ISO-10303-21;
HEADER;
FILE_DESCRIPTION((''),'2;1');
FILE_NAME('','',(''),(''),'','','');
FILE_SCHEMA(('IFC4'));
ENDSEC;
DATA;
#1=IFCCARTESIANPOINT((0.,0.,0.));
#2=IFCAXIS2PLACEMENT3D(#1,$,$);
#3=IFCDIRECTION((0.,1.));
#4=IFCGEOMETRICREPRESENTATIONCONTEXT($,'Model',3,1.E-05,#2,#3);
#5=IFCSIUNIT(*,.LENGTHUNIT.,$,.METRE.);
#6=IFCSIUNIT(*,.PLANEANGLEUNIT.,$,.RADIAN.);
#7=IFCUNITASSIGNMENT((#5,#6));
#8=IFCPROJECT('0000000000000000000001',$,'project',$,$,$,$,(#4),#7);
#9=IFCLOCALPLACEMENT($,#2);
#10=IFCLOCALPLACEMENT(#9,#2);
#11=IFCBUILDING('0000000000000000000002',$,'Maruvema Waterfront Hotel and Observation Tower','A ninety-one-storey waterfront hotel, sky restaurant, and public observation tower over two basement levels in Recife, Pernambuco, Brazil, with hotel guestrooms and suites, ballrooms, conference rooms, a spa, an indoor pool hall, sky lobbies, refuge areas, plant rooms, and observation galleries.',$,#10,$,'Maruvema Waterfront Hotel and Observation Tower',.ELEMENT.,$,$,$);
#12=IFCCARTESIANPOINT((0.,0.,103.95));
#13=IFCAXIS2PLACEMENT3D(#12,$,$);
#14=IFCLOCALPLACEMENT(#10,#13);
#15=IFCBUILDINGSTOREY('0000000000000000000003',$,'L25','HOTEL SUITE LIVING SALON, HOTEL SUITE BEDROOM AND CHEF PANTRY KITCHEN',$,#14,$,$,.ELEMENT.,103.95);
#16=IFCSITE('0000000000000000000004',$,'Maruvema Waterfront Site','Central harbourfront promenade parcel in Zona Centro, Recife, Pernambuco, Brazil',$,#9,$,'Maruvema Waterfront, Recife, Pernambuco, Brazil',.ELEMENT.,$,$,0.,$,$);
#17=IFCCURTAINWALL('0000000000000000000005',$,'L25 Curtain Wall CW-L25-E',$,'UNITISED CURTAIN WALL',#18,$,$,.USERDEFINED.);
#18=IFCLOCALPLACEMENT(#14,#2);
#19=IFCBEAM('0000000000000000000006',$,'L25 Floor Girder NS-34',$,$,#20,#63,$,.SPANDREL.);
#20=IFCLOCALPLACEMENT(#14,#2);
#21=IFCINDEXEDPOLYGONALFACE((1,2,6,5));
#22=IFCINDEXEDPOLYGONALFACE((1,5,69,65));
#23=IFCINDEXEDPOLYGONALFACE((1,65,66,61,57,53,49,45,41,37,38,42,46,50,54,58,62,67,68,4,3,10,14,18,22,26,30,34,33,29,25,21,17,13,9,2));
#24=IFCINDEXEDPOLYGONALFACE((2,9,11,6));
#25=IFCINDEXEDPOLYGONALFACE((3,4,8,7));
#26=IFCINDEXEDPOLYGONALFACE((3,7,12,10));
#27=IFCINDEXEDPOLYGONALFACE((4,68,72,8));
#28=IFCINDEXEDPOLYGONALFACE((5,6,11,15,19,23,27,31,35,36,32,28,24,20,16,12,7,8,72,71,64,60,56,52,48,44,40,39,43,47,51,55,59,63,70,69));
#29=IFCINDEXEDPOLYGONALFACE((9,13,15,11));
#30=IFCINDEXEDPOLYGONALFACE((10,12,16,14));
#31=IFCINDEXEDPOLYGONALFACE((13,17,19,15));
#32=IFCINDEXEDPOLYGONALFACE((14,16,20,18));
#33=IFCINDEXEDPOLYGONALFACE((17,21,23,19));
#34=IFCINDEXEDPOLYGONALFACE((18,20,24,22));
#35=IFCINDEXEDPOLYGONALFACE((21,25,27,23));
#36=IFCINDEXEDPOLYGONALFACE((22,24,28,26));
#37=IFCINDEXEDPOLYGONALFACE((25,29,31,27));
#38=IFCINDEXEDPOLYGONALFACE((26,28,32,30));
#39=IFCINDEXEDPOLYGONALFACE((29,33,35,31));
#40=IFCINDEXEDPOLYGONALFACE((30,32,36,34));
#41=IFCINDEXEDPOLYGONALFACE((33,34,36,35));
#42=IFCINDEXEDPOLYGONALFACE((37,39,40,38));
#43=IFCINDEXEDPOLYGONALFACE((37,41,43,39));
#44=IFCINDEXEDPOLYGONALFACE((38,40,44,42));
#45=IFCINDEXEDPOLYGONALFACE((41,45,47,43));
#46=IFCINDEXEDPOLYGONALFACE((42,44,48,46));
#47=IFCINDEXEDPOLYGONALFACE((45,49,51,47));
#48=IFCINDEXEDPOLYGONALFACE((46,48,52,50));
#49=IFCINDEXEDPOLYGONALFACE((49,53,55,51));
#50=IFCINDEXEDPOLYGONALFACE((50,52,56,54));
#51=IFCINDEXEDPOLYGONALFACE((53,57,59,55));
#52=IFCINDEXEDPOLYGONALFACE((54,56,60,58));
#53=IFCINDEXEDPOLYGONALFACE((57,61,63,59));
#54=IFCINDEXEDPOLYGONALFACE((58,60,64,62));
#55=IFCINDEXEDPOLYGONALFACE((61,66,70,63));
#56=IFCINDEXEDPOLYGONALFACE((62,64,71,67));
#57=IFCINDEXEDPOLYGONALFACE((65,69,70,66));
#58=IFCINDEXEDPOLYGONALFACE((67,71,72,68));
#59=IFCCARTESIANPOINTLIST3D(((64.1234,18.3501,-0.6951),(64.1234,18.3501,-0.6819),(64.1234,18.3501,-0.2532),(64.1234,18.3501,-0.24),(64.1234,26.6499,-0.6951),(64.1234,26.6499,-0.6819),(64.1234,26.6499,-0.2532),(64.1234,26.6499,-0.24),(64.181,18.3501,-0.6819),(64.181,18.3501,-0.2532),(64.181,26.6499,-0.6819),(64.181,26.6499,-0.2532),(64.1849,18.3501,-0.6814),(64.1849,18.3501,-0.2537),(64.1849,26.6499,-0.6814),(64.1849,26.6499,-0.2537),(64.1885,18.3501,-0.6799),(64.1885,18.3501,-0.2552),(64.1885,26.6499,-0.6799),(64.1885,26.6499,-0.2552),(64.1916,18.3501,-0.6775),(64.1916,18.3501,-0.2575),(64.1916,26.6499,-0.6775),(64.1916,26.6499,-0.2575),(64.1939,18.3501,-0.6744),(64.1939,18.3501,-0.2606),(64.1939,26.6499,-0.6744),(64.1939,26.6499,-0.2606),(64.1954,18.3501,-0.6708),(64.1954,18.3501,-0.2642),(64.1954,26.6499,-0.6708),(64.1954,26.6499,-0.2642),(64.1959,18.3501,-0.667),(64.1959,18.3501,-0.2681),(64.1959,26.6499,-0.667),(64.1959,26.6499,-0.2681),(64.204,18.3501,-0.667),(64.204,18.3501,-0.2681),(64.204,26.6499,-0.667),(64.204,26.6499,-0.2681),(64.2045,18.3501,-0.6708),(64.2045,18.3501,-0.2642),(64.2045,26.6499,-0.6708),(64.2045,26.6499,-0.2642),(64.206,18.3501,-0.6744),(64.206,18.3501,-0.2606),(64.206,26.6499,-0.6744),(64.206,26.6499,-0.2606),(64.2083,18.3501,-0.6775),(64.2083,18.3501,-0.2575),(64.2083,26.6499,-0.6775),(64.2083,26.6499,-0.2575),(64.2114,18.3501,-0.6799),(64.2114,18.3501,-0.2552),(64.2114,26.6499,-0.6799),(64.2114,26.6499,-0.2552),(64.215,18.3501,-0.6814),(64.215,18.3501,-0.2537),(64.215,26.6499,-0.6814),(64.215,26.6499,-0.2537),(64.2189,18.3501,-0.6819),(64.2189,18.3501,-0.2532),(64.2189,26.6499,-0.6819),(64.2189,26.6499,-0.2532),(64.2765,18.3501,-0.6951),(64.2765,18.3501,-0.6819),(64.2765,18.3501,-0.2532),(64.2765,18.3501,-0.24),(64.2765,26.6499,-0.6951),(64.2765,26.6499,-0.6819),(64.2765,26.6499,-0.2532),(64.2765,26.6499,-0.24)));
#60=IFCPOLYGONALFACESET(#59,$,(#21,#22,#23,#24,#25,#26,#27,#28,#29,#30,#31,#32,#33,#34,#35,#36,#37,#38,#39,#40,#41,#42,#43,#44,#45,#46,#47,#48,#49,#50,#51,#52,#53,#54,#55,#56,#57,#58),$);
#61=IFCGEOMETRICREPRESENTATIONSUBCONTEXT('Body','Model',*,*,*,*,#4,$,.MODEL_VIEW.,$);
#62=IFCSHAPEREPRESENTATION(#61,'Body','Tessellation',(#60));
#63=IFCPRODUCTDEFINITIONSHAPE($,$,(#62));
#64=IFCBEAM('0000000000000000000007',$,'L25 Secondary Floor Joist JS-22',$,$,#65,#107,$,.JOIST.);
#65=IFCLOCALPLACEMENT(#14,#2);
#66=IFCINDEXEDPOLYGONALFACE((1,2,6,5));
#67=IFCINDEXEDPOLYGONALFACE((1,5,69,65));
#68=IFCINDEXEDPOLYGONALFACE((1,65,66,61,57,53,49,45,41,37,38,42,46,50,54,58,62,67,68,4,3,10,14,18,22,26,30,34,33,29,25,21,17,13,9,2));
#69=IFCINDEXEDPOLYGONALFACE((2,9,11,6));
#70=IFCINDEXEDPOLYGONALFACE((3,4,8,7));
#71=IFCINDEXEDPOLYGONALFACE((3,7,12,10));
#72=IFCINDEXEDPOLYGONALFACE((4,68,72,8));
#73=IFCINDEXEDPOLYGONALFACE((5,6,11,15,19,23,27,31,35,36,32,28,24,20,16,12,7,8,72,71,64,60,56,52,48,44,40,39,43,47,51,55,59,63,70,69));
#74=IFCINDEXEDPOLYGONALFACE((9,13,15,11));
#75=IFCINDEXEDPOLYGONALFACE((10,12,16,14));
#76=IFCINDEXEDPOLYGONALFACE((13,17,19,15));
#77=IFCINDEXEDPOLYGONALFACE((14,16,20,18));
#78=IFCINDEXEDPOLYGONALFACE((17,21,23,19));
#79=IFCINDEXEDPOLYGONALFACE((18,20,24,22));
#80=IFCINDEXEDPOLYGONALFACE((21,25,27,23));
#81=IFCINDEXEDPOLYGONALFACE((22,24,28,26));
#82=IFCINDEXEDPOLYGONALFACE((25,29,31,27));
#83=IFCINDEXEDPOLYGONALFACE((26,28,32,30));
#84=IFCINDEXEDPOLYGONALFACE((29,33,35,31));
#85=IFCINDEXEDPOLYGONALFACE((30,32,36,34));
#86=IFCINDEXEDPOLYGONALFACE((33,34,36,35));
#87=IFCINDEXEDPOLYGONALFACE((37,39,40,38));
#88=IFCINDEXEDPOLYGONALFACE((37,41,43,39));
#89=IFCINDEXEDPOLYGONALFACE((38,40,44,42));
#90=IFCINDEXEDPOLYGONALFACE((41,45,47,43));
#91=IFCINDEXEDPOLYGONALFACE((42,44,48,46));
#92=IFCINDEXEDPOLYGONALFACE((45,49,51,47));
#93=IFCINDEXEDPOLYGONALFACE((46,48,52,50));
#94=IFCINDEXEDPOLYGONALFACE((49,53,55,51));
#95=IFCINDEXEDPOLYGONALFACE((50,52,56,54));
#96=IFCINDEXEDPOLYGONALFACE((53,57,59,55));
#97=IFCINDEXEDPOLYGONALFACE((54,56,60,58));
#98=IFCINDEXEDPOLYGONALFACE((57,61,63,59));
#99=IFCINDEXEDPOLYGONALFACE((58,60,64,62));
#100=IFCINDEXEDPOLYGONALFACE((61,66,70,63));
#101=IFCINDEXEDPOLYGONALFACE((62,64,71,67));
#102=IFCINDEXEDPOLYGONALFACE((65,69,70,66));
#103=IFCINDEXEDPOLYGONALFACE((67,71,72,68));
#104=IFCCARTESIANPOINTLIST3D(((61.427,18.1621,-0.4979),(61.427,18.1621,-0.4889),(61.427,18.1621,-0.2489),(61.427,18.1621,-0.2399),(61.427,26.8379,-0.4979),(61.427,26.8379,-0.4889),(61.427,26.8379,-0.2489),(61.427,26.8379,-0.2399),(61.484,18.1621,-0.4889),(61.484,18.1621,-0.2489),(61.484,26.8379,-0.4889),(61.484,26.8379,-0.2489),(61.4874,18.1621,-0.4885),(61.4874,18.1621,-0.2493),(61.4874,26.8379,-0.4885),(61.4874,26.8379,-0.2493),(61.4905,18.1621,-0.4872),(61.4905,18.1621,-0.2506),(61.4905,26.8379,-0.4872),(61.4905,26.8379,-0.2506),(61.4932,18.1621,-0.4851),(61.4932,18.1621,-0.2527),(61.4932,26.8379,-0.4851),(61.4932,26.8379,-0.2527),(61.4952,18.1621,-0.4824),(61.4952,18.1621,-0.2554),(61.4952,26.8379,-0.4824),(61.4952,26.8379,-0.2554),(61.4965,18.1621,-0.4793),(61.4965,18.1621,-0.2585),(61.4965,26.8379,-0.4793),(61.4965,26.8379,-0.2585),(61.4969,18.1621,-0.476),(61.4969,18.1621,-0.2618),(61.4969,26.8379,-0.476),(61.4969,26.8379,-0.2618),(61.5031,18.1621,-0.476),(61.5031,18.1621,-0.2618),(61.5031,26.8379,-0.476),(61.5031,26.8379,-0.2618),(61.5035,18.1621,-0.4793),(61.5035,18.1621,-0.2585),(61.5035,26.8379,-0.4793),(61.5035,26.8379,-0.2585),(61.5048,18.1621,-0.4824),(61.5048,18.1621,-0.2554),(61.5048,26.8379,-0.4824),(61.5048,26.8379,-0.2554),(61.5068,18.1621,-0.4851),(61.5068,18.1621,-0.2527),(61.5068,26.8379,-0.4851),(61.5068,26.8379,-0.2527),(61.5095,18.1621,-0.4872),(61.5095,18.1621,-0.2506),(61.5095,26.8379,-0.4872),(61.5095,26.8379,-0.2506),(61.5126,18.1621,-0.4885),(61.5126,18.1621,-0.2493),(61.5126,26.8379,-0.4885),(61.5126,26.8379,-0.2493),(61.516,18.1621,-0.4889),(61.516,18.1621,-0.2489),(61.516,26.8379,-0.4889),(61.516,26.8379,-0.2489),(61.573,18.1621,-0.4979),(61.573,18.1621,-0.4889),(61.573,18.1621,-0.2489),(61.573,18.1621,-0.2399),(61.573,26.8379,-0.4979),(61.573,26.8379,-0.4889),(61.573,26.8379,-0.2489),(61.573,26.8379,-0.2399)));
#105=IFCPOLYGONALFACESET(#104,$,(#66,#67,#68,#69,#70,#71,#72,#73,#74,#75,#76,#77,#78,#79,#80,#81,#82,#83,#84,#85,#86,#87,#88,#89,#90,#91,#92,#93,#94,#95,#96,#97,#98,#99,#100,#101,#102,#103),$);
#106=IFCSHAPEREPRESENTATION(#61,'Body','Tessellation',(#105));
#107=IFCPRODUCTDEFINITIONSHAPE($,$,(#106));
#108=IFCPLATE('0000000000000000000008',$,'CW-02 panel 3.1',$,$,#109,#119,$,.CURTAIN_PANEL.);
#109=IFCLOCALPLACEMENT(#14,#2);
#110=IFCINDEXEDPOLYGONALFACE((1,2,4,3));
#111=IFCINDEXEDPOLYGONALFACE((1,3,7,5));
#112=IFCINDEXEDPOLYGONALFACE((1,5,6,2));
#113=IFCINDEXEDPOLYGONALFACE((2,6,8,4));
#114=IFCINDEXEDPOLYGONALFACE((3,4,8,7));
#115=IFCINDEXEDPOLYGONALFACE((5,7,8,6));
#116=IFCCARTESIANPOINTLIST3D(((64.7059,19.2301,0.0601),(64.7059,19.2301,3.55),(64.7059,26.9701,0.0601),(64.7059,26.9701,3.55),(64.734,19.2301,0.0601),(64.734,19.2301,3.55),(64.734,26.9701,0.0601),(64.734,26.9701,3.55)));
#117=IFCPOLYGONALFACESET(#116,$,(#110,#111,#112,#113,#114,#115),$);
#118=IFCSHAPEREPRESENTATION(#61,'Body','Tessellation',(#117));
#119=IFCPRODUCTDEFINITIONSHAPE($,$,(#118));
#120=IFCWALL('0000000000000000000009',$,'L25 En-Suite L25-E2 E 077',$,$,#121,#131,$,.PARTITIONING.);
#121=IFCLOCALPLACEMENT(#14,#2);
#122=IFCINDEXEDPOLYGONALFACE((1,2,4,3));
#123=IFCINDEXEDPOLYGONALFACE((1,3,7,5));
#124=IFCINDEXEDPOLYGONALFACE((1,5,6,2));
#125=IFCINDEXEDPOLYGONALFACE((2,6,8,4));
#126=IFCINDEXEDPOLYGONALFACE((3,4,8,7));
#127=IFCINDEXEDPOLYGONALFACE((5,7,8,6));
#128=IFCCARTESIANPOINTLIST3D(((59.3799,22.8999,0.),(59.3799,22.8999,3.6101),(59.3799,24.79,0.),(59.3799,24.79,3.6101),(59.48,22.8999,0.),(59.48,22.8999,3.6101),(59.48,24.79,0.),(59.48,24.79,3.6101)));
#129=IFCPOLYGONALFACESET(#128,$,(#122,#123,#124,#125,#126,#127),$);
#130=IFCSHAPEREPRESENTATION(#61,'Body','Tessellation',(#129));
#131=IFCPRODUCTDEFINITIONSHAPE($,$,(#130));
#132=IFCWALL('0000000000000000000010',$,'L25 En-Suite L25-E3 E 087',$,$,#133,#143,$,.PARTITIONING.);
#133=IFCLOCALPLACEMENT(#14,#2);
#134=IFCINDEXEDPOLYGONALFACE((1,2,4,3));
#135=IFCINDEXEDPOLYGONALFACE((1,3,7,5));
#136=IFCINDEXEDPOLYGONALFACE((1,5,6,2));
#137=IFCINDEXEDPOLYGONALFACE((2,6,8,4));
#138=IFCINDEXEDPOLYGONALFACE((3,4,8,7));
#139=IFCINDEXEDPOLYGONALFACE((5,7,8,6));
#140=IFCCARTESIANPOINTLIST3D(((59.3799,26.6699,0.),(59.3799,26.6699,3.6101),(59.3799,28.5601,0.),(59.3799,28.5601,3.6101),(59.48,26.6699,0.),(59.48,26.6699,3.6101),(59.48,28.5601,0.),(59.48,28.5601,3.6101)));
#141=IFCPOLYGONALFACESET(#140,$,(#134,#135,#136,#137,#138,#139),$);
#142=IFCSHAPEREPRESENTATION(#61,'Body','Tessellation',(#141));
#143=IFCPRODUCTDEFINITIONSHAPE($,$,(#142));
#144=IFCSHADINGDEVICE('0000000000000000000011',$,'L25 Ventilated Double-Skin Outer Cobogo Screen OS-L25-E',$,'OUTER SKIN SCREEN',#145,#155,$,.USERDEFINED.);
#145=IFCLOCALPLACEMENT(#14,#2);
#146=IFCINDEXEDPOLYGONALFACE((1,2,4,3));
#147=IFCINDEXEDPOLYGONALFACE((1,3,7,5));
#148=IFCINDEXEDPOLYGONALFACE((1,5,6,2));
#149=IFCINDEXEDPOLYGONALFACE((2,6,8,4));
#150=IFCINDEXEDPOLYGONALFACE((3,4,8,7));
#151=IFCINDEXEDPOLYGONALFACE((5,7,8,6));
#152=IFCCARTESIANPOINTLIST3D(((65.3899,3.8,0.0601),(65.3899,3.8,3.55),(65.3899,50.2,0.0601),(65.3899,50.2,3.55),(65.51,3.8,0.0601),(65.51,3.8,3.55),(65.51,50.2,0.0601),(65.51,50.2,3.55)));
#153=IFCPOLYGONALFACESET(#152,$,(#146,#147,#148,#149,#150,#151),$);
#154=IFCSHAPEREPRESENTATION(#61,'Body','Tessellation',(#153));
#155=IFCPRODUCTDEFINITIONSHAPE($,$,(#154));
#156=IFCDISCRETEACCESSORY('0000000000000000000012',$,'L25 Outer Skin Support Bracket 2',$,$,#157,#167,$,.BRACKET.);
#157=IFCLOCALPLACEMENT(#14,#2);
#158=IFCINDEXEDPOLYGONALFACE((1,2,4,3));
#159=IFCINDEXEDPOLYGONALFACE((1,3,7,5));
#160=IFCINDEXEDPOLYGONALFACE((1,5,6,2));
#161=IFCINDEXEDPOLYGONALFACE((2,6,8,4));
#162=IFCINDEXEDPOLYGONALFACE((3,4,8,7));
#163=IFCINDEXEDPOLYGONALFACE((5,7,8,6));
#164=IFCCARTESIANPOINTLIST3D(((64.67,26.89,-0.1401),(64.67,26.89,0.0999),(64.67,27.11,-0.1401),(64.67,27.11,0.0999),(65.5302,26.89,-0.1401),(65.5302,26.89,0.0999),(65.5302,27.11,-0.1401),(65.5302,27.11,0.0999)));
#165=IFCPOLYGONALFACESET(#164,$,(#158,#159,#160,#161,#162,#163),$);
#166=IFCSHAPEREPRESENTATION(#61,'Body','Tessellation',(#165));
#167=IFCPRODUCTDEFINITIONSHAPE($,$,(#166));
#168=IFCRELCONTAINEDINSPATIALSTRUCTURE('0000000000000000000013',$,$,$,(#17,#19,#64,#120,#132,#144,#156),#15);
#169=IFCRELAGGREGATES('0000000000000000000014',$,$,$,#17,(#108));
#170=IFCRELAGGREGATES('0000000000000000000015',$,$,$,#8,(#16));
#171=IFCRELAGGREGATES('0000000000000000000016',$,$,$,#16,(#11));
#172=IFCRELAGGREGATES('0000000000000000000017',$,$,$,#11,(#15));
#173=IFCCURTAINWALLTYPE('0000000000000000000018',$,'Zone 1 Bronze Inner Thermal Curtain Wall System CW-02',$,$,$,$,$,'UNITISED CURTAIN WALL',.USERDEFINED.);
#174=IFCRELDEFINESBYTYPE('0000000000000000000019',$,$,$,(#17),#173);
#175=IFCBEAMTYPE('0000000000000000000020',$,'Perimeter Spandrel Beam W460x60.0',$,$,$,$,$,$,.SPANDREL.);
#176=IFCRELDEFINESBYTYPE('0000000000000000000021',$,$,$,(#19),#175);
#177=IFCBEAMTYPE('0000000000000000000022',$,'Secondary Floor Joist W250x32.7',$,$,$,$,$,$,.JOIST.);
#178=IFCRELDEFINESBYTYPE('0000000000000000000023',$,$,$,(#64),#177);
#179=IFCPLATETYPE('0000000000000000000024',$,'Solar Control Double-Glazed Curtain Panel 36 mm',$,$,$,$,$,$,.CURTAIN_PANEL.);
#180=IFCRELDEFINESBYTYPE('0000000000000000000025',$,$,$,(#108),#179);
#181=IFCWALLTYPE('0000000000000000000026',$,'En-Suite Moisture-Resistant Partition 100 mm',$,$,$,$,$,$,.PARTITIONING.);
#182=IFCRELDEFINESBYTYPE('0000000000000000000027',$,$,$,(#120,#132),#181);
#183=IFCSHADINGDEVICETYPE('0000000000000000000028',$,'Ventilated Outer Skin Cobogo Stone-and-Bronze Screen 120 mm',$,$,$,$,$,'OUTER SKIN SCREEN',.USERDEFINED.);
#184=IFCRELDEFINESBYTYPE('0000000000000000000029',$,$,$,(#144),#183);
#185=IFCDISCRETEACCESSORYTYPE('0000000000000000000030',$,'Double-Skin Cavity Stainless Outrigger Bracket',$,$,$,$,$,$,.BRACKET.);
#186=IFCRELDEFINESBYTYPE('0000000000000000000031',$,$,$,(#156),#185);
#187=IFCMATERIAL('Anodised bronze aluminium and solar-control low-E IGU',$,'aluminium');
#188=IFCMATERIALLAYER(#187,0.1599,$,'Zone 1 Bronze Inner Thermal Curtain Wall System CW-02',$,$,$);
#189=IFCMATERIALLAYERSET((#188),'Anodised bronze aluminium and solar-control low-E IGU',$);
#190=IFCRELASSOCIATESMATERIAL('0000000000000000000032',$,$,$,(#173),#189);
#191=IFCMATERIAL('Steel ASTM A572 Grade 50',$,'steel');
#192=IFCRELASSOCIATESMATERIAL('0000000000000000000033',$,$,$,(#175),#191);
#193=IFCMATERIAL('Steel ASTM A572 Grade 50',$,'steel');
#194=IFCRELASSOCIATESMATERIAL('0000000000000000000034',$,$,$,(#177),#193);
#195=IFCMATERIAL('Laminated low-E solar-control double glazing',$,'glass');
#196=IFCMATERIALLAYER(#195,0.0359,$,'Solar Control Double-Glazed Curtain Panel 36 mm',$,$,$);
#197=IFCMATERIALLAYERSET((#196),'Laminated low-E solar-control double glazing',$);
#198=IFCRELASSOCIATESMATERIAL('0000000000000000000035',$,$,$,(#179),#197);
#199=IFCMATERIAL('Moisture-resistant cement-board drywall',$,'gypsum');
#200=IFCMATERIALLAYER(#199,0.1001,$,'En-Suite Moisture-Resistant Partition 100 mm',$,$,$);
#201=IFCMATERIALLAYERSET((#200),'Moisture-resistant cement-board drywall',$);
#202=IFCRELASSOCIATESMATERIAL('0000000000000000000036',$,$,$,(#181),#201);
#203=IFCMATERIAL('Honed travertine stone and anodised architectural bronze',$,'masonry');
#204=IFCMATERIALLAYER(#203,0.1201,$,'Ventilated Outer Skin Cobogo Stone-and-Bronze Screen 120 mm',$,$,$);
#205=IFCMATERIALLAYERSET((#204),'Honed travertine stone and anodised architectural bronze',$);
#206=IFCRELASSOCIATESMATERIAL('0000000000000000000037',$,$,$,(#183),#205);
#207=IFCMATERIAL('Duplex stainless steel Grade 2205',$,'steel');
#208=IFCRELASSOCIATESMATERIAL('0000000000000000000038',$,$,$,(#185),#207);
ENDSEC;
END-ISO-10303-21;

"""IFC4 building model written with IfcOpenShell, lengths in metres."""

from ifc_helpers import new_model, si_unit, direction, frame, frame_2d, origin, origin_2d, place, context, subcontext, project, spatial, rectangle, i_section, extrude, material, layer, layer_set, material_profile, profile_set, type_object, element, aggregate, save


model = new_model("IFC4")

# Units and contexts
model_context = context("Model", 3, precision=1e-05, world=origin(), true_north=direction((0.0, 1.0)))
body_context = subcontext(model_context, "Body", "Model", "MODEL_VIEW")
ifc_project = project(units=[si_unit("LENGTHUNIT", "METRE"), si_unit("PLANEANGLEUNIT", "RADIAN")], contexts=[model_context])

# Site, building, storey
site_placement = place(None, origin())
site = spatial("IfcSite", under=ifc_project, at=site_placement, Name="Maruvema Waterfront Site", Description="Central harbourfront promenade parcel in Zona Centro, Recife, Pernambuco, Brazil", LongName="Maruvema Waterfront, Recife, Pernambuco, Brazil", CompositionType="ELEMENT", RefElevation=0.0)
building_placement = place(site_placement, origin())
building = spatial("IfcBuilding", under=site, at=building_placement, Name="Maruvema Waterfront Hotel and Observation Tower", Description="A ninety-one-storey waterfront hotel, sky restaurant, and public observation tower over two basement levels in Recife, Pernambuco, Brazil, with hotel guestrooms and suites, ballrooms, conference rooms, a spa, an indoor pool hall, sky lobbies, refuge areas, plant rooms, and observation galleries.", LongName="Maruvema Waterfront Hotel and Observation Tower", CompositionType="ELEMENT")
storey_placement = place(building_placement, frame((0.0, 0.0, 103.95)))
storey = spatial("IfcBuildingStorey", under=building, at=storey_placement, Name="L25", Description="HOTEL SUITE LIVING SALON, HOTEL SUITE BEDROOM AND CHEF PANTRY KITCHEN", CompositionType="ELEMENT", Elevation=103.95)

# Curtain wall
ifc_material_1 = material(Name="Anodised bronze aluminium and solar-control low-E IGU", Category="aluminium")
ifc_layer_1 = layer(ifc_material_1, 0.1599, Name="Zone 1 Bronze Inner Thermal Curtain Wall System CW-02")
ifc_layer_set_1 = layer_set([ifc_layer_1], Name="Anodised bronze aluminium and solar-control low-E IGU")
curtain_wall_type = type_object("IfcCurtainWallType", Name="Zone 1 Bronze Inner Thermal Curtain Wall System CW-02", ElementType="UNITISED CURTAIN WALL", PredefinedType="USERDEFINED", material=ifc_layer_set_1)
curtain_wall_placement = place(storey_placement, origin())
curtain_wall = element("IfcCurtainWall", 1, at=curtain_wall_placement, inside=storey, type_object=curtain_wall_type, Name="L25 Curtain Wall CW-L25-E", ObjectType="UNITISED CURTAIN WALL", PredefinedType="USERDEFINED")

# Beams
ifc_material_2 = material(Name="Steel ASTM A572 Grade 50", Category="steel")
ifc_material_profile_1 = material_profile(ifc_material_2, i_section(OverallWidth=0.1531, OverallDepth=0.4551, WebThickness=0.0081, FlangeThickness=0.0132, FilletRadius=0.0149, at=origin_2d()), Name="W460x60.0")
ifc_profile_set_1 = profile_set([ifc_material_profile_1], Name="Steel ASTM A572 Grade 50")
beam_type_1 = type_object("IfcBeamType", Name="Perimeter Spandrel Beam W460x60.0", PredefinedType="SPANDREL", material=ifc_profile_set_1)
beam_1_placement = place(storey_placement, frame((64.2, 18.3501, -0.4675), z_axis=(0.0, 1.0, 0.0), x_axis=(-1.0, 0.0, 0.0)))
element("IfcBeam", 2, at=beam_1_placement, inside=storey, type_object=beam_type_1, Name="L25 Floor Girder NS-34", PredefinedType="SPANDREL", context=body_context, shape_type="SweptSolid", body=[
    extrude(i_section(OverallWidth=0.1531, OverallDepth=0.4551, WebThickness=0.0081, FlangeThickness=0.0132, FilletRadius=0.0149, at=origin_2d()), origin(), (0.0, 0.0, 1.0), 8.2998),
])
ifc_material_3 = material(Name="Steel ASTM A572 Grade 50", Category="steel")
ifc_material_profile_2 = material_profile(ifc_material_3, i_section(OverallWidth=0.146, OverallDepth=0.2581, WebThickness=0.0061, FlangeThickness=0.009, FilletRadius=0.0129, at=origin_2d()), Name="W250x32.7")
ifc_profile_set_2 = profile_set([ifc_material_profile_2], Name="Steel ASTM A572 Grade 50")
beam_type_2 = type_object("IfcBeamType", Name="Secondary Floor Joist W250x32.7", PredefinedType="JOIST", material=ifc_profile_set_2)
beam_2_placement = place(storey_placement, frame((61.5, 18.1621, -0.3689), z_axis=(0.0, 1.0, 0.0), x_axis=(-1.0, 0.0, 0.0)))
element("IfcBeam", 3, at=beam_2_placement, inside=storey, type_object=beam_type_2, Name="L25 Secondary Floor Joist JS-22", PredefinedType="JOIST", context=body_context, shape_type="SweptSolid", body=[
    extrude(i_section(OverallWidth=0.146, OverallDepth=0.2581, WebThickness=0.0061, FlangeThickness=0.009, FilletRadius=0.0129, at=origin_2d()), origin(), (0.0, 0.0, 1.0), 8.6758),
])

# Plate
ifc_material_4 = material(Name="Laminated low-E solar-control double glazing", Category="glass")
ifc_layer_2 = layer(ifc_material_4, 0.0359, Name="Solar Control Double-Glazed Curtain Panel 36 mm")
ifc_layer_set_2 = layer_set([ifc_layer_2], Name="Laminated low-E solar-control double glazing")
plate_type = type_object("IfcPlateType", Name="Solar Control Double-Glazed Curtain Panel 36 mm", PredefinedType="CURTAIN_PANEL", material=ifc_layer_set_2)
plate_placement = place(storey_placement, frame((64.72, 23.1001, 0.0601), z_axis=(0.0, 0.0, 1.0), x_axis=(0.0, 1.0, 0.0)))
plate = element("IfcPlate", 4, at=plate_placement, type_object=plate_type, Name="CW-02 panel 3.1", PredefinedType="CURTAIN_PANEL", context=body_context, shape_type="SweptSolid", body=[
    extrude(rectangle(XDim=7.74, YDim=0.0281, at=origin_2d()), origin(), (0.0, 0.0, 1.0), 3.49),
])
aggregate(curtain_wall, [plate])

# Walls
ifc_material_5 = material(Name="Moisture-resistant cement-board drywall", Category="gypsum")
ifc_layer_3 = layer(ifc_material_5, 0.1001, Name="En-Suite Moisture-Resistant Partition 100 mm")
ifc_layer_set_3 = layer_set([ifc_layer_3], Name="Moisture-resistant cement-board drywall")
wall_type = type_object("IfcWallType", Name="En-Suite Moisture-Resistant Partition 100 mm", PredefinedType="PARTITIONING", material=ifc_layer_set_3)
for number, where, z_axis, x_axis, name in (
    (5, (59.4299, 22.8999, 0.0), (0.0, 0.0, 1.0), (0.0, 1.0, 0.0), "L25 En-Suite L25-E2 E 077"),
    (6, (59.4299, 26.6699, 0.0), (0.0, 0.0, 1.0), (0.0, 1.0, 0.0), "L25 En-Suite L25-E3 E 087"),
):
    element("IfcWall", number, at=place(storey_placement, frame(where, z_axis=z_axis, x_axis=x_axis)), inside=storey, type_object=wall_type, Name=name, PredefinedType="PARTITIONING", context=body_context, shape_type="SweptSolid", body=[
        extrude(rectangle(XDim=1.8901, YDim=0.1001, at=frame_2d((0.9451, 0.0))), origin(), (0.0, 0.0, 1.0), 3.6101),
    ])

# Shading device
ifc_material_6 = material(Name="Honed travertine stone and anodised architectural bronze", Category="masonry")
ifc_layer_4 = layer(ifc_material_6, 0.1201, Name="Ventilated Outer Skin Cobogo Stone-and-Bronze Screen 120 mm")
ifc_layer_set_4 = layer_set([ifc_layer_4], Name="Honed travertine stone and anodised architectural bronze")
shading_device_type = type_object("IfcShadingDeviceType", Name="Ventilated Outer Skin Cobogo Stone-and-Bronze Screen 120 mm", ElementType="OUTER SKIN SCREEN", PredefinedType="USERDEFINED", material=ifc_layer_set_4)
shading_device_placement = place(storey_placement, frame((65.45, 27.0, 0.0601), z_axis=(0.0, 0.0, 1.0), x_axis=(0.0, 1.0, 0.0)))
element("IfcShadingDevice", 7, at=shading_device_placement, inside=storey, type_object=shading_device_type, Name="L25 Ventilated Double-Skin Outer Cobogo Screen OS-L25-E", ObjectType="OUTER SKIN SCREEN", PredefinedType="USERDEFINED", context=body_context, shape_type="SweptSolid", body=[
    extrude(rectangle(XDim=46.3999, YDim=0.1201, at=origin_2d()), origin(), (0.0, 0.0, 1.0), 3.49),
])

# Discrete accessory
ifc_material_7 = material(Name="Duplex stainless steel Grade 2205", Category="steel")
discrete_accessory_type = type_object("IfcDiscreteAccessoryType", Name="Double-Skin Cavity Stainless Outrigger Bracket", PredefinedType="BRACKET", material=ifc_material_7)
discrete_accessory_placement = place(storey_placement, frame((65.1001, 27.0, -0.1401), z_axis=(0.0, 0.0, 1.0), x_axis=(0.0, 1.0, 0.0)))
element("IfcDiscreteAccessory", 8, at=discrete_accessory_placement, inside=storey, type_object=discrete_accessory_type, Name="L25 Outer Skin Support Bracket 2", PredefinedType="BRACKET", context=body_context, shape_type="SweptSolid", body=[
    extrude(rectangle(XDim=0.22, YDim=0.8601, at=origin_2d()), origin(), (0.0, 0.0, 1.0), 0.24),
])

save(model, "model.ifc")
